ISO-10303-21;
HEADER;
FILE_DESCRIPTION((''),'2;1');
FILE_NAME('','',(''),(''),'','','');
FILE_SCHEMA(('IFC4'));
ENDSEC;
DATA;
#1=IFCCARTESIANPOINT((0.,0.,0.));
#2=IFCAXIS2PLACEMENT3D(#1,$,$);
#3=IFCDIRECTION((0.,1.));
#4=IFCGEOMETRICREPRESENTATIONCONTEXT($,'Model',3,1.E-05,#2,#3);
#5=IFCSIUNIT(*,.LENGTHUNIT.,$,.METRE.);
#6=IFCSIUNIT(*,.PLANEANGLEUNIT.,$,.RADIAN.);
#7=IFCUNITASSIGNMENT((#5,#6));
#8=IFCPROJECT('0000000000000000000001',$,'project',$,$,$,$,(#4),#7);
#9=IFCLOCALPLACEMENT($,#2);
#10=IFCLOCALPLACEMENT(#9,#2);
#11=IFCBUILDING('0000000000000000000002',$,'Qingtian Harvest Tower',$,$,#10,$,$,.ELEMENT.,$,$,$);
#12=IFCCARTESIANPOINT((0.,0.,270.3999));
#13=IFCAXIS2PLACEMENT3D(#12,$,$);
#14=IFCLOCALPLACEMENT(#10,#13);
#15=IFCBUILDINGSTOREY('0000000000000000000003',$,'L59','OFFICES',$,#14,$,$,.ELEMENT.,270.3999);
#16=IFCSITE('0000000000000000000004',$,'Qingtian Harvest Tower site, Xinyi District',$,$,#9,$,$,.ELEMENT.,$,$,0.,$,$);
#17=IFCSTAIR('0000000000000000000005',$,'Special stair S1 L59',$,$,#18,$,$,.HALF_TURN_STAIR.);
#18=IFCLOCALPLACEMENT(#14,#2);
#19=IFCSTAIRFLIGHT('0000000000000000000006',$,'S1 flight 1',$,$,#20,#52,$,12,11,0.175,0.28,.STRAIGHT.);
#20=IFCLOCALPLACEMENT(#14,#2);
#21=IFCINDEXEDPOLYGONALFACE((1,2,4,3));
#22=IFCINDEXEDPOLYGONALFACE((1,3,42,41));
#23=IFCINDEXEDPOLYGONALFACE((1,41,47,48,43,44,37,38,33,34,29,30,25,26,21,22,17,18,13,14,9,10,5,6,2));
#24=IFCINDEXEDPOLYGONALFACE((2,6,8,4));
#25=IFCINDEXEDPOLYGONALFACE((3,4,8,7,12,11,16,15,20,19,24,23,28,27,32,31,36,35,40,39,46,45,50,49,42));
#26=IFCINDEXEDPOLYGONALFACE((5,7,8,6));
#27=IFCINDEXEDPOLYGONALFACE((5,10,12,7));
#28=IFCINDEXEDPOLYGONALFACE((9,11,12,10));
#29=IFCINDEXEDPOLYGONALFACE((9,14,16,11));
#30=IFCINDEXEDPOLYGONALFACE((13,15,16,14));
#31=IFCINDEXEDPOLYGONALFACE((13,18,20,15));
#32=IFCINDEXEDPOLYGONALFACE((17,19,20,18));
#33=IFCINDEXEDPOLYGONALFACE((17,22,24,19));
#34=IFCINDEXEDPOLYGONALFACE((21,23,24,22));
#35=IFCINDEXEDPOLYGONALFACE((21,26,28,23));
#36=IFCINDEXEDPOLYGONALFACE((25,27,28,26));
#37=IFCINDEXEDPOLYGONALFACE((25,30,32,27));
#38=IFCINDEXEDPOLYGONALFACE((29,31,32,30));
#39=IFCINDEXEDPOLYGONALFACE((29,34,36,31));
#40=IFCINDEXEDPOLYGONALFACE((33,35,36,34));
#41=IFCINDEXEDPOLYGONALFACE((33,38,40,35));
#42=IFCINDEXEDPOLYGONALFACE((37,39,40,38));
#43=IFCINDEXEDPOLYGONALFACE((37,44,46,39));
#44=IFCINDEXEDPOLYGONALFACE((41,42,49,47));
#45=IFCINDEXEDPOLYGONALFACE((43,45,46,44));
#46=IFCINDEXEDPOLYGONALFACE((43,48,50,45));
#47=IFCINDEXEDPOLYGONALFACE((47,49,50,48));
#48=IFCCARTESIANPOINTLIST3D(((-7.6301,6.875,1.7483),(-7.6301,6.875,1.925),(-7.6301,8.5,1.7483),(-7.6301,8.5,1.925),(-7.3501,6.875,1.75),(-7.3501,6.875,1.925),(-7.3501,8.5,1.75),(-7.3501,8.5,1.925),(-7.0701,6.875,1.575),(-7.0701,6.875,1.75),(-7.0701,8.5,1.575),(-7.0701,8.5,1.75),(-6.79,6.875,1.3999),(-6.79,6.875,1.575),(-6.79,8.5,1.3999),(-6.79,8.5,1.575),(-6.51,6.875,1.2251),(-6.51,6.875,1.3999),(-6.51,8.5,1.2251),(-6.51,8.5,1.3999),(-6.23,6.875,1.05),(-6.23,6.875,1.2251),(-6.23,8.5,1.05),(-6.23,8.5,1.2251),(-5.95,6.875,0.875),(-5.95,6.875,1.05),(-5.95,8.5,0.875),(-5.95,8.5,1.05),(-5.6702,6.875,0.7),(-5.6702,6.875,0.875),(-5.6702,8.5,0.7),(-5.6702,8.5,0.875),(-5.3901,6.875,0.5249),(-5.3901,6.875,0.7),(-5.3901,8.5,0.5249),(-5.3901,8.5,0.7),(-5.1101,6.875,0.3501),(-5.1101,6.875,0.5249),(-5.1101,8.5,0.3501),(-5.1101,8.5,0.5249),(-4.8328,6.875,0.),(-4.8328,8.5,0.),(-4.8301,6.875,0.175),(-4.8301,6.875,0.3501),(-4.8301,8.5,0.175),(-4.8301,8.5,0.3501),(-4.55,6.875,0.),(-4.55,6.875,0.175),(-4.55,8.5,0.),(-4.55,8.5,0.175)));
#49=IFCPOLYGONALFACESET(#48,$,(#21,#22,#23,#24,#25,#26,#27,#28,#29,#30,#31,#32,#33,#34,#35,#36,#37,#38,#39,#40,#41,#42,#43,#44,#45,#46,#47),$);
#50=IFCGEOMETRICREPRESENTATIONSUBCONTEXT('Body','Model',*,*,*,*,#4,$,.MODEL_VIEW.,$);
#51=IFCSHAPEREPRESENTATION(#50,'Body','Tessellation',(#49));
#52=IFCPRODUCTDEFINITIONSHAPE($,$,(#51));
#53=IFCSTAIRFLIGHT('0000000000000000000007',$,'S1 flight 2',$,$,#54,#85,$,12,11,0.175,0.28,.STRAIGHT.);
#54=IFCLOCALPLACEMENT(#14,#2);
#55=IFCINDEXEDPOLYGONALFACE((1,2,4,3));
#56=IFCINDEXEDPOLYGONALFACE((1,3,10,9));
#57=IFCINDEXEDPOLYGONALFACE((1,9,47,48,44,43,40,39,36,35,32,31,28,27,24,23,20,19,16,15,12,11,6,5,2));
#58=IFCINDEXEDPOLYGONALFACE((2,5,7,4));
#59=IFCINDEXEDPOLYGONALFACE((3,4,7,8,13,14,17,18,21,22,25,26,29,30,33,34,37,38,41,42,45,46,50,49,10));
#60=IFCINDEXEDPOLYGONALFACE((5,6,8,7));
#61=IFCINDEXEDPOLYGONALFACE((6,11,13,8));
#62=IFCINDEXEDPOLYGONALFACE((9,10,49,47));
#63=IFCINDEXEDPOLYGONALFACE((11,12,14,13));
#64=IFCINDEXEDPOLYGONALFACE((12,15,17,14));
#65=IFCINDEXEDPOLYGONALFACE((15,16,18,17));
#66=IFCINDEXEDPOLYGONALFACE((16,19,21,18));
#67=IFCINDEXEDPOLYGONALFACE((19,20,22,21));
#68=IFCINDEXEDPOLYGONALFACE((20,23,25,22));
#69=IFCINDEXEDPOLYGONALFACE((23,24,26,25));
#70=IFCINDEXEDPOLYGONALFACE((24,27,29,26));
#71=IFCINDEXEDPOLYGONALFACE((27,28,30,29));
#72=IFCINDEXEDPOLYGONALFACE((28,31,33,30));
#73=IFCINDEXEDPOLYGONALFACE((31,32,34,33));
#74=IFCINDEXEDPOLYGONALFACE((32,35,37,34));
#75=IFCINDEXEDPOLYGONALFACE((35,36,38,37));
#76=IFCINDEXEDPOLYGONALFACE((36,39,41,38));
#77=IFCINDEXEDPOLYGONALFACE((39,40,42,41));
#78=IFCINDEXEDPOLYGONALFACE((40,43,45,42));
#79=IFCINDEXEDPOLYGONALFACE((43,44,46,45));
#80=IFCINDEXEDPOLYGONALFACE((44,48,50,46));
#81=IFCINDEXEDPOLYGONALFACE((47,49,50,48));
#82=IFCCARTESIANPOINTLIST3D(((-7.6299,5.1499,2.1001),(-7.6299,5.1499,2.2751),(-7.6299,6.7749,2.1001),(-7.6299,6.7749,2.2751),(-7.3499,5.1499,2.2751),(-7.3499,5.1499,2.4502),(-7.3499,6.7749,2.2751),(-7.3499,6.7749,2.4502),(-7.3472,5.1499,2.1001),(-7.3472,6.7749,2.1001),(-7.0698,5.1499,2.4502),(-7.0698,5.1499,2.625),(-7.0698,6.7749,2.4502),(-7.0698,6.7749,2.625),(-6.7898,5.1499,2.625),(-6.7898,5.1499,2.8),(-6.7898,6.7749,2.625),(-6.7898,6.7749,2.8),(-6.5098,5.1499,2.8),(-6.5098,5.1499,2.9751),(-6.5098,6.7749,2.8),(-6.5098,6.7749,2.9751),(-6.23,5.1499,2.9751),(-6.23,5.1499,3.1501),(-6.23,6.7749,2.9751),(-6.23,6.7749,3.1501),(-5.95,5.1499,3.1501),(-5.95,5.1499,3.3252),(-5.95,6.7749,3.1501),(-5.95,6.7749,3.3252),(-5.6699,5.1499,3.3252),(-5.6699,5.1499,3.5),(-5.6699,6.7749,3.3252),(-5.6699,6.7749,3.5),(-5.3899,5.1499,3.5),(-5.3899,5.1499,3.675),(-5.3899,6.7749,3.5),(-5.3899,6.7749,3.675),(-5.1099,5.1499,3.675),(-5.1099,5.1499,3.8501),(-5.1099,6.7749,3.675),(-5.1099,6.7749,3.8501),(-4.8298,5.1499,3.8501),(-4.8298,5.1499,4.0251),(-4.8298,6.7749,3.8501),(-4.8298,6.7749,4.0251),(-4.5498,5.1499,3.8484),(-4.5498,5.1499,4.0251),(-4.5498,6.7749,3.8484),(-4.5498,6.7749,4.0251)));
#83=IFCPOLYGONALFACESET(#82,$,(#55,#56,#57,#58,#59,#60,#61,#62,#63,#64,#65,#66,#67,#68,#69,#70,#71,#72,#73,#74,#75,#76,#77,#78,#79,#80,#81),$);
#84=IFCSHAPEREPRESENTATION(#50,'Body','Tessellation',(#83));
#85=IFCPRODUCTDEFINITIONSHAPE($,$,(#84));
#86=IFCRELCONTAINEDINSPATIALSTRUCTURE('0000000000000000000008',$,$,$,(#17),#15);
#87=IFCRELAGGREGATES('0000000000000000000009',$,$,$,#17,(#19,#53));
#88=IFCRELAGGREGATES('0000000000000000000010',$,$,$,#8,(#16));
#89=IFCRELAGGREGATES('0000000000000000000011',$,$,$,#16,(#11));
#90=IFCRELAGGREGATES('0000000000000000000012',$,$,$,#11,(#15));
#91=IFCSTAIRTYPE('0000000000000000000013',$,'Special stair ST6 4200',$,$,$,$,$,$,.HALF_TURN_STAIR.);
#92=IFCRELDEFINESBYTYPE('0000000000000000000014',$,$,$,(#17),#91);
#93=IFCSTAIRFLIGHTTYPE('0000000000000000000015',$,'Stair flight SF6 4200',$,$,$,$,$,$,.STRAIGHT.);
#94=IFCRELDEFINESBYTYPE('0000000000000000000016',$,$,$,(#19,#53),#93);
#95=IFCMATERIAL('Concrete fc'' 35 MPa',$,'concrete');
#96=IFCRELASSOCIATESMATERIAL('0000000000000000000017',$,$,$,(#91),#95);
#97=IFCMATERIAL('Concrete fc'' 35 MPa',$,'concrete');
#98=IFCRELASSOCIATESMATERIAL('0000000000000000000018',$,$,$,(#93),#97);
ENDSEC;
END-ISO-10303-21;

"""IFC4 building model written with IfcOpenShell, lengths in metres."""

from ifc_helpers import new_model, si_unit, direction, frame, origin, place, context, subcontext, project, spatial, polyline, outline, extrude, material, type_object, element, aggregate, save


model = new_model("IFC4")

# Units and contexts
model_context = context("Model", 3, precision=1e-05, world=origin(), true_north=direction((0.0, 1.0)))
body_context = subcontext(model_context, "Body", "Model", "MODEL_VIEW")
ifc_project = project(units=[si_unit("LENGTHUNIT", "METRE"), si_unit("PLANEANGLEUNIT", "RADIAN")], contexts=[model_context])

# Site, building, storey
site_placement = place(None, origin())
site = spatial("IfcSite", under=ifc_project, at=site_placement, Name="Qingtian Harvest Tower site, Xinyi District", CompositionType="ELEMENT", RefElevation=0.0)
building_placement = place(site_placement, origin())
building = spatial("IfcBuilding", under=site, at=building_placement, Name="Qingtian Harvest Tower", CompositionType="ELEMENT")
storey_placement = place(building_placement, frame((0.0, 0.0, 270.3999)))
storey = spatial("IfcBuildingStorey", under=building, at=storey_placement, Name="L59", Description="OFFICES", CompositionType="ELEMENT", Elevation=270.3999)

# Stair, stair flights
ifc_material_1 = material(Name="Concrete fc' 35 MPa", Category="concrete")
stair_type = type_object("IfcStairType", Name="Special stair ST6 4200", PredefinedType="HALF_TURN_STAIR", material=ifc_material_1)
stair_placement = place(storey_placement, origin())
stair = element("IfcStair", 1, at=stair_placement, inside=storey, type_object=stair_type, Name="Special stair S1 L59", PredefinedType="HALF_TURN_STAIR")
ifc_material_2 = material(Name="Concrete fc' 35 MPa", Category="concrete")
stair_flight_type = type_object("IfcStairFlightType", Name="Stair flight SF6 4200", PredefinedType="STRAIGHT", material=ifc_material_2)
stair_flight_1_placement = place(storey_placement, frame((-4.55, 7.6875, 0.0), z_axis=(0.0, 0.0, 1.0), x_axis=(-1.0, 0.0, 0.0)))
stair_flight_1 = element("IfcStairFlight", 2, at=stair_flight_1_placement, type_object=stair_flight_type, Name="S1 flight 1", NumberOfRisers=12, NumberOfTreads=11, PredefinedType="STRAIGHT", RiserHeight=0.175, TreadLength=0.28, context=body_context, shape_type="SweptSolid", body=[
    extrude(outline(polyline([(0.0, 0.0), (0.0, 0.175), (0.28, 0.175), (0.28, 0.3501), (0.5601, 0.3501), (0.5601, 0.5249), (0.8401, 0.5249), (0.8401, 0.7), (1.1201, 0.7), (1.1201, 0.875), (1.3999, 0.875), (1.3999, 1.05), (1.6799, 1.05), (1.6799, 1.2251), (1.96, 1.2251), (1.96, 1.3999), (2.24, 1.3999), (2.24, 1.575), (2.52, 1.575), (2.52, 1.75), (2.8, 1.75), (2.8, 1.925), (3.0801, 1.925), (3.0801, 2.1001), (3.0801, 1.7483), (0.2827, 0.0), (0.0, 0.0)])), frame((0.0, 0.8125, 0.0), z_axis=(0.0, -1.0, 0.0), x_axis=(1.0, 0.0, 0.0)), (0.0, 0.0, 1.0), 1.625),
])
stair_flight_2_placement = place(storey_placement, frame((-7.6299, 5.9624, 2.1001), z_axis=(0.0, 0.0, 1.0), x_axis=(1.0, 0.0, 0.0)))
stair_flight_2 = element("IfcStairFlight", 3, at=stair_flight_2_placement, type_object=stair_flight_type, Name="S1 flight 2", NumberOfRisers=12, NumberOfTreads=11, PredefinedType="STRAIGHT", RiserHeight=0.175, TreadLength=0.28, context=body_context, shape_type="SweptSolid", body=[
    extrude(outline(polyline([(0.0, 0.0), (0.0, 0.175), (0.28, 0.175), (0.28, 0.3501), (0.5601, 0.3501), (0.5601, 0.5249), (0.8401, 0.5249), (0.8401, 0.7), (1.1201, 0.7), (1.1201, 0.875), (1.3999, 0.875), (1.3999, 1.05), (1.6799, 1.05), (1.6799, 1.2251), (1.96, 1.2251), (1.96, 1.3999), (2.24, 1.3999), (2.24, 1.575), (2.52, 1.575), (2.52, 1.75), (2.8, 1.75), (2.8, 1.925), (3.0801, 1.925), (3.0801, 2.1001), (3.0801, 1.7483), (0.2827, 0.0), (0.0, 0.0)])), frame((0.0, 0.8125, 0.0), z_axis=(0.0, -1.0, 0.0), x_axis=(1.0, 0.0, 0.0)), (0.0, 0.0, 1.0), 1.625),
])
aggregate(stair, [stair_flight_1, stair_flight_2])

save(model, "model.ifc")
